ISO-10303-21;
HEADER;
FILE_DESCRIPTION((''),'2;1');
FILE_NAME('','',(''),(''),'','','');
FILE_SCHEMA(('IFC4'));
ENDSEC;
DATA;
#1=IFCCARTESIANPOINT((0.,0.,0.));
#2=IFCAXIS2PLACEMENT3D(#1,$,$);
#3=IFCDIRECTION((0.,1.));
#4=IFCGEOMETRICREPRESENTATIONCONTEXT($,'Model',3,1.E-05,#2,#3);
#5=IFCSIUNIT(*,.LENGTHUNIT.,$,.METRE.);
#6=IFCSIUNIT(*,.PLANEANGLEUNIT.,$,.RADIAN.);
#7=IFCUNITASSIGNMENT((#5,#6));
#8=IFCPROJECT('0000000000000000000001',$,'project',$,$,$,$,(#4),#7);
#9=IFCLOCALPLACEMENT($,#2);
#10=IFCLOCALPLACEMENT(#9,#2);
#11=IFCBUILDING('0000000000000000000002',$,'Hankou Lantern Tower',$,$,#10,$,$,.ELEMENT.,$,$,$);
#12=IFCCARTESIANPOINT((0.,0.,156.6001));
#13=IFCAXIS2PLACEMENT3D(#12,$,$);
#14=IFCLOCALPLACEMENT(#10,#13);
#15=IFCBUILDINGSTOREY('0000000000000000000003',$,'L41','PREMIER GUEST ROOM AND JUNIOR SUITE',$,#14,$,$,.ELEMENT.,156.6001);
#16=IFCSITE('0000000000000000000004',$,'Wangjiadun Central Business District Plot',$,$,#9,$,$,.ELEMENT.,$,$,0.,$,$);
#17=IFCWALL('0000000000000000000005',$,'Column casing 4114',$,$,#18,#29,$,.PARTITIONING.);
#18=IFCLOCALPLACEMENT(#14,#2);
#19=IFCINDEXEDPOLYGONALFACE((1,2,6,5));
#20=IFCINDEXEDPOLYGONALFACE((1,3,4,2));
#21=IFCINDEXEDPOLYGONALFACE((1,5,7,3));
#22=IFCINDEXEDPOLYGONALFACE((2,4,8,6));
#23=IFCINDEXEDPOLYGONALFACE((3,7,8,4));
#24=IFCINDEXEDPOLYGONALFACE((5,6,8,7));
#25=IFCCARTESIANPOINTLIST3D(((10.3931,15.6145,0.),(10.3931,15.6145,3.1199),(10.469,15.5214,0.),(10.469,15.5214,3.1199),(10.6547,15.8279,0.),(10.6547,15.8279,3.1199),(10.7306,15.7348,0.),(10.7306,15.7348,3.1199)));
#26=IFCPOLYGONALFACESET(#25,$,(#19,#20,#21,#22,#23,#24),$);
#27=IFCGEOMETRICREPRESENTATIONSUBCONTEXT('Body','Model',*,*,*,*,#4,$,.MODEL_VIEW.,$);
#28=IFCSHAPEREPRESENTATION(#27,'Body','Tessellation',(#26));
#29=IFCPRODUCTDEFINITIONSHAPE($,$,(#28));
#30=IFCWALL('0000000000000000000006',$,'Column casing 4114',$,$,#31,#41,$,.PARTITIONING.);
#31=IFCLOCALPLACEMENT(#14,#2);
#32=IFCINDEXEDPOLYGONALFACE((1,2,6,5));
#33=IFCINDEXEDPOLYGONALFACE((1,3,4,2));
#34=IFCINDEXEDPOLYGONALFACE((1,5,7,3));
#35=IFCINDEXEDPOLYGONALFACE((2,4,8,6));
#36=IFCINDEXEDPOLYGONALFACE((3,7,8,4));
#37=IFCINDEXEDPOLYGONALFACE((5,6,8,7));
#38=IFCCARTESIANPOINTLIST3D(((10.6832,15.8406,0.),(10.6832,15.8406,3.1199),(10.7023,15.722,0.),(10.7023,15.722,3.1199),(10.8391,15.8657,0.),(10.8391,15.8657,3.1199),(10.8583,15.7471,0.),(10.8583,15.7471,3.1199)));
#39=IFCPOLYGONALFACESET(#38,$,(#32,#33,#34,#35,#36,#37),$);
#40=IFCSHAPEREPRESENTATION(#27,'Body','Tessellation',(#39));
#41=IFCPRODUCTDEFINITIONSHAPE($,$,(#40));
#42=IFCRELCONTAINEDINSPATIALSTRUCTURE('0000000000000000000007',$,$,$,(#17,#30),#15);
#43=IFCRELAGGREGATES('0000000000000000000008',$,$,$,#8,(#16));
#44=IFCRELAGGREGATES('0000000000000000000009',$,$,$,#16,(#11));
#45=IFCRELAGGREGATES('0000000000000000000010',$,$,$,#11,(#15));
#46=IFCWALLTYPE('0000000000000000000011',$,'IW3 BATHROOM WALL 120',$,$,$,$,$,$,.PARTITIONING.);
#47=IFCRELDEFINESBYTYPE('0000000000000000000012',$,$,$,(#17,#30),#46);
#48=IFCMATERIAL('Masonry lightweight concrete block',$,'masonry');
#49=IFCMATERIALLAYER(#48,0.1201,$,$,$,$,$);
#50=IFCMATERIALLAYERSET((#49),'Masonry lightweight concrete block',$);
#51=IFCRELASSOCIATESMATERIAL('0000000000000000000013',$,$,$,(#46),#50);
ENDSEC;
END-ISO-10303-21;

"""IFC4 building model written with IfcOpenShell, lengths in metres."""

from ifc_helpers import new_model, si_unit, direction, frame, frame_2d, origin, place, context, subcontext, project, spatial, rectangle, extrude, material, layer, layer_set, type_object, element, save


model = new_model("IFC4")

# Units and contexts
model_context = context("Model", 3, precision=1e-05, world=origin(), true_north=direction((0.0, 1.0)))
body_context = subcontext(model_context, "Body", "Model", "MODEL_VIEW")
ifc_project = project(units=[si_unit("LENGTHUNIT", "METRE"), si_unit("PLANEANGLEUNIT", "RADIAN")], contexts=[model_context])

# Site, building, storey
site_placement = place(None, origin())
site = spatial("IfcSite", under=ifc_project, at=site_placement, Name="Wangjiadun Central Business District Plot", CompositionType="ELEMENT", RefElevation=0.0)
building_placement = place(site_placement, origin())
building = spatial("IfcBuilding", under=site, at=building_placement, Name="Hankou Lantern Tower", CompositionType="ELEMENT")
storey_placement = place(building_placement, frame((0.0, 0.0, 156.6001)))
storey = spatial("IfcBuildingStorey", under=building, at=storey_placement, Name="L41", Description="PREMIER GUEST ROOM AND JUNIOR SUITE", CompositionType="ELEMENT", Elevation=156.6001)

# Walls
ifc_material_1 = material(Name="Masonry lightweight concrete block", Category="masonry")
ifc_layer_1 = layer(ifc_material_1, 0.1201)
ifc_layer_set_1 = layer_set([ifc_layer_1], Name="Masonry lightweight concrete block")
wall_type_1 = type_object("IfcWallType", Name="IW3 BATHROOM WALL 120", PredefinedType="PARTITIONING", material=ifc_layer_set_1)
wall_1_placement = place(storey_placement, frame((10.4309, 15.5679, 0.0), z_axis=(0.0, 0.0, 1.0), x_axis=(0.775051, 0.631898, 0.0)))
element("IfcWall", 1, at=wall_1_placement, inside=storey, type_object=wall_type_1, Name="Column casing 4114", PredefinedType="PARTITIONING", context=body_context, shape_type="SweptSolid", body=[
    extrude(rectangle(XDim=0.3376, YDim=0.1201, at=frame_2d((0.1689, 0.0))), origin(), (0.0, 0.0, 1.0), 3.1199),
])
wall_2_placement = place(storey_placement, frame((10.6926, 15.7812, 0.0), z_axis=(0.0, 0.0, 1.0), x_axis=(0.987257, 0.159135, 0.0)))
element("IfcWall", 2, at=wall_2_placement, inside=storey, type_object=wall_type_1, Name="Column casing 4114", PredefinedType="PARTITIONING", context=body_context, shape_type="SweptSolid", body=[
    extrude(rectangle(XDim=0.158, YDim=0.1201, at=frame_2d((0.0791, 0.0))), origin(), (0.0, 0.0, 1.0), 3.1199),
])

save(model, "model.ifc")
